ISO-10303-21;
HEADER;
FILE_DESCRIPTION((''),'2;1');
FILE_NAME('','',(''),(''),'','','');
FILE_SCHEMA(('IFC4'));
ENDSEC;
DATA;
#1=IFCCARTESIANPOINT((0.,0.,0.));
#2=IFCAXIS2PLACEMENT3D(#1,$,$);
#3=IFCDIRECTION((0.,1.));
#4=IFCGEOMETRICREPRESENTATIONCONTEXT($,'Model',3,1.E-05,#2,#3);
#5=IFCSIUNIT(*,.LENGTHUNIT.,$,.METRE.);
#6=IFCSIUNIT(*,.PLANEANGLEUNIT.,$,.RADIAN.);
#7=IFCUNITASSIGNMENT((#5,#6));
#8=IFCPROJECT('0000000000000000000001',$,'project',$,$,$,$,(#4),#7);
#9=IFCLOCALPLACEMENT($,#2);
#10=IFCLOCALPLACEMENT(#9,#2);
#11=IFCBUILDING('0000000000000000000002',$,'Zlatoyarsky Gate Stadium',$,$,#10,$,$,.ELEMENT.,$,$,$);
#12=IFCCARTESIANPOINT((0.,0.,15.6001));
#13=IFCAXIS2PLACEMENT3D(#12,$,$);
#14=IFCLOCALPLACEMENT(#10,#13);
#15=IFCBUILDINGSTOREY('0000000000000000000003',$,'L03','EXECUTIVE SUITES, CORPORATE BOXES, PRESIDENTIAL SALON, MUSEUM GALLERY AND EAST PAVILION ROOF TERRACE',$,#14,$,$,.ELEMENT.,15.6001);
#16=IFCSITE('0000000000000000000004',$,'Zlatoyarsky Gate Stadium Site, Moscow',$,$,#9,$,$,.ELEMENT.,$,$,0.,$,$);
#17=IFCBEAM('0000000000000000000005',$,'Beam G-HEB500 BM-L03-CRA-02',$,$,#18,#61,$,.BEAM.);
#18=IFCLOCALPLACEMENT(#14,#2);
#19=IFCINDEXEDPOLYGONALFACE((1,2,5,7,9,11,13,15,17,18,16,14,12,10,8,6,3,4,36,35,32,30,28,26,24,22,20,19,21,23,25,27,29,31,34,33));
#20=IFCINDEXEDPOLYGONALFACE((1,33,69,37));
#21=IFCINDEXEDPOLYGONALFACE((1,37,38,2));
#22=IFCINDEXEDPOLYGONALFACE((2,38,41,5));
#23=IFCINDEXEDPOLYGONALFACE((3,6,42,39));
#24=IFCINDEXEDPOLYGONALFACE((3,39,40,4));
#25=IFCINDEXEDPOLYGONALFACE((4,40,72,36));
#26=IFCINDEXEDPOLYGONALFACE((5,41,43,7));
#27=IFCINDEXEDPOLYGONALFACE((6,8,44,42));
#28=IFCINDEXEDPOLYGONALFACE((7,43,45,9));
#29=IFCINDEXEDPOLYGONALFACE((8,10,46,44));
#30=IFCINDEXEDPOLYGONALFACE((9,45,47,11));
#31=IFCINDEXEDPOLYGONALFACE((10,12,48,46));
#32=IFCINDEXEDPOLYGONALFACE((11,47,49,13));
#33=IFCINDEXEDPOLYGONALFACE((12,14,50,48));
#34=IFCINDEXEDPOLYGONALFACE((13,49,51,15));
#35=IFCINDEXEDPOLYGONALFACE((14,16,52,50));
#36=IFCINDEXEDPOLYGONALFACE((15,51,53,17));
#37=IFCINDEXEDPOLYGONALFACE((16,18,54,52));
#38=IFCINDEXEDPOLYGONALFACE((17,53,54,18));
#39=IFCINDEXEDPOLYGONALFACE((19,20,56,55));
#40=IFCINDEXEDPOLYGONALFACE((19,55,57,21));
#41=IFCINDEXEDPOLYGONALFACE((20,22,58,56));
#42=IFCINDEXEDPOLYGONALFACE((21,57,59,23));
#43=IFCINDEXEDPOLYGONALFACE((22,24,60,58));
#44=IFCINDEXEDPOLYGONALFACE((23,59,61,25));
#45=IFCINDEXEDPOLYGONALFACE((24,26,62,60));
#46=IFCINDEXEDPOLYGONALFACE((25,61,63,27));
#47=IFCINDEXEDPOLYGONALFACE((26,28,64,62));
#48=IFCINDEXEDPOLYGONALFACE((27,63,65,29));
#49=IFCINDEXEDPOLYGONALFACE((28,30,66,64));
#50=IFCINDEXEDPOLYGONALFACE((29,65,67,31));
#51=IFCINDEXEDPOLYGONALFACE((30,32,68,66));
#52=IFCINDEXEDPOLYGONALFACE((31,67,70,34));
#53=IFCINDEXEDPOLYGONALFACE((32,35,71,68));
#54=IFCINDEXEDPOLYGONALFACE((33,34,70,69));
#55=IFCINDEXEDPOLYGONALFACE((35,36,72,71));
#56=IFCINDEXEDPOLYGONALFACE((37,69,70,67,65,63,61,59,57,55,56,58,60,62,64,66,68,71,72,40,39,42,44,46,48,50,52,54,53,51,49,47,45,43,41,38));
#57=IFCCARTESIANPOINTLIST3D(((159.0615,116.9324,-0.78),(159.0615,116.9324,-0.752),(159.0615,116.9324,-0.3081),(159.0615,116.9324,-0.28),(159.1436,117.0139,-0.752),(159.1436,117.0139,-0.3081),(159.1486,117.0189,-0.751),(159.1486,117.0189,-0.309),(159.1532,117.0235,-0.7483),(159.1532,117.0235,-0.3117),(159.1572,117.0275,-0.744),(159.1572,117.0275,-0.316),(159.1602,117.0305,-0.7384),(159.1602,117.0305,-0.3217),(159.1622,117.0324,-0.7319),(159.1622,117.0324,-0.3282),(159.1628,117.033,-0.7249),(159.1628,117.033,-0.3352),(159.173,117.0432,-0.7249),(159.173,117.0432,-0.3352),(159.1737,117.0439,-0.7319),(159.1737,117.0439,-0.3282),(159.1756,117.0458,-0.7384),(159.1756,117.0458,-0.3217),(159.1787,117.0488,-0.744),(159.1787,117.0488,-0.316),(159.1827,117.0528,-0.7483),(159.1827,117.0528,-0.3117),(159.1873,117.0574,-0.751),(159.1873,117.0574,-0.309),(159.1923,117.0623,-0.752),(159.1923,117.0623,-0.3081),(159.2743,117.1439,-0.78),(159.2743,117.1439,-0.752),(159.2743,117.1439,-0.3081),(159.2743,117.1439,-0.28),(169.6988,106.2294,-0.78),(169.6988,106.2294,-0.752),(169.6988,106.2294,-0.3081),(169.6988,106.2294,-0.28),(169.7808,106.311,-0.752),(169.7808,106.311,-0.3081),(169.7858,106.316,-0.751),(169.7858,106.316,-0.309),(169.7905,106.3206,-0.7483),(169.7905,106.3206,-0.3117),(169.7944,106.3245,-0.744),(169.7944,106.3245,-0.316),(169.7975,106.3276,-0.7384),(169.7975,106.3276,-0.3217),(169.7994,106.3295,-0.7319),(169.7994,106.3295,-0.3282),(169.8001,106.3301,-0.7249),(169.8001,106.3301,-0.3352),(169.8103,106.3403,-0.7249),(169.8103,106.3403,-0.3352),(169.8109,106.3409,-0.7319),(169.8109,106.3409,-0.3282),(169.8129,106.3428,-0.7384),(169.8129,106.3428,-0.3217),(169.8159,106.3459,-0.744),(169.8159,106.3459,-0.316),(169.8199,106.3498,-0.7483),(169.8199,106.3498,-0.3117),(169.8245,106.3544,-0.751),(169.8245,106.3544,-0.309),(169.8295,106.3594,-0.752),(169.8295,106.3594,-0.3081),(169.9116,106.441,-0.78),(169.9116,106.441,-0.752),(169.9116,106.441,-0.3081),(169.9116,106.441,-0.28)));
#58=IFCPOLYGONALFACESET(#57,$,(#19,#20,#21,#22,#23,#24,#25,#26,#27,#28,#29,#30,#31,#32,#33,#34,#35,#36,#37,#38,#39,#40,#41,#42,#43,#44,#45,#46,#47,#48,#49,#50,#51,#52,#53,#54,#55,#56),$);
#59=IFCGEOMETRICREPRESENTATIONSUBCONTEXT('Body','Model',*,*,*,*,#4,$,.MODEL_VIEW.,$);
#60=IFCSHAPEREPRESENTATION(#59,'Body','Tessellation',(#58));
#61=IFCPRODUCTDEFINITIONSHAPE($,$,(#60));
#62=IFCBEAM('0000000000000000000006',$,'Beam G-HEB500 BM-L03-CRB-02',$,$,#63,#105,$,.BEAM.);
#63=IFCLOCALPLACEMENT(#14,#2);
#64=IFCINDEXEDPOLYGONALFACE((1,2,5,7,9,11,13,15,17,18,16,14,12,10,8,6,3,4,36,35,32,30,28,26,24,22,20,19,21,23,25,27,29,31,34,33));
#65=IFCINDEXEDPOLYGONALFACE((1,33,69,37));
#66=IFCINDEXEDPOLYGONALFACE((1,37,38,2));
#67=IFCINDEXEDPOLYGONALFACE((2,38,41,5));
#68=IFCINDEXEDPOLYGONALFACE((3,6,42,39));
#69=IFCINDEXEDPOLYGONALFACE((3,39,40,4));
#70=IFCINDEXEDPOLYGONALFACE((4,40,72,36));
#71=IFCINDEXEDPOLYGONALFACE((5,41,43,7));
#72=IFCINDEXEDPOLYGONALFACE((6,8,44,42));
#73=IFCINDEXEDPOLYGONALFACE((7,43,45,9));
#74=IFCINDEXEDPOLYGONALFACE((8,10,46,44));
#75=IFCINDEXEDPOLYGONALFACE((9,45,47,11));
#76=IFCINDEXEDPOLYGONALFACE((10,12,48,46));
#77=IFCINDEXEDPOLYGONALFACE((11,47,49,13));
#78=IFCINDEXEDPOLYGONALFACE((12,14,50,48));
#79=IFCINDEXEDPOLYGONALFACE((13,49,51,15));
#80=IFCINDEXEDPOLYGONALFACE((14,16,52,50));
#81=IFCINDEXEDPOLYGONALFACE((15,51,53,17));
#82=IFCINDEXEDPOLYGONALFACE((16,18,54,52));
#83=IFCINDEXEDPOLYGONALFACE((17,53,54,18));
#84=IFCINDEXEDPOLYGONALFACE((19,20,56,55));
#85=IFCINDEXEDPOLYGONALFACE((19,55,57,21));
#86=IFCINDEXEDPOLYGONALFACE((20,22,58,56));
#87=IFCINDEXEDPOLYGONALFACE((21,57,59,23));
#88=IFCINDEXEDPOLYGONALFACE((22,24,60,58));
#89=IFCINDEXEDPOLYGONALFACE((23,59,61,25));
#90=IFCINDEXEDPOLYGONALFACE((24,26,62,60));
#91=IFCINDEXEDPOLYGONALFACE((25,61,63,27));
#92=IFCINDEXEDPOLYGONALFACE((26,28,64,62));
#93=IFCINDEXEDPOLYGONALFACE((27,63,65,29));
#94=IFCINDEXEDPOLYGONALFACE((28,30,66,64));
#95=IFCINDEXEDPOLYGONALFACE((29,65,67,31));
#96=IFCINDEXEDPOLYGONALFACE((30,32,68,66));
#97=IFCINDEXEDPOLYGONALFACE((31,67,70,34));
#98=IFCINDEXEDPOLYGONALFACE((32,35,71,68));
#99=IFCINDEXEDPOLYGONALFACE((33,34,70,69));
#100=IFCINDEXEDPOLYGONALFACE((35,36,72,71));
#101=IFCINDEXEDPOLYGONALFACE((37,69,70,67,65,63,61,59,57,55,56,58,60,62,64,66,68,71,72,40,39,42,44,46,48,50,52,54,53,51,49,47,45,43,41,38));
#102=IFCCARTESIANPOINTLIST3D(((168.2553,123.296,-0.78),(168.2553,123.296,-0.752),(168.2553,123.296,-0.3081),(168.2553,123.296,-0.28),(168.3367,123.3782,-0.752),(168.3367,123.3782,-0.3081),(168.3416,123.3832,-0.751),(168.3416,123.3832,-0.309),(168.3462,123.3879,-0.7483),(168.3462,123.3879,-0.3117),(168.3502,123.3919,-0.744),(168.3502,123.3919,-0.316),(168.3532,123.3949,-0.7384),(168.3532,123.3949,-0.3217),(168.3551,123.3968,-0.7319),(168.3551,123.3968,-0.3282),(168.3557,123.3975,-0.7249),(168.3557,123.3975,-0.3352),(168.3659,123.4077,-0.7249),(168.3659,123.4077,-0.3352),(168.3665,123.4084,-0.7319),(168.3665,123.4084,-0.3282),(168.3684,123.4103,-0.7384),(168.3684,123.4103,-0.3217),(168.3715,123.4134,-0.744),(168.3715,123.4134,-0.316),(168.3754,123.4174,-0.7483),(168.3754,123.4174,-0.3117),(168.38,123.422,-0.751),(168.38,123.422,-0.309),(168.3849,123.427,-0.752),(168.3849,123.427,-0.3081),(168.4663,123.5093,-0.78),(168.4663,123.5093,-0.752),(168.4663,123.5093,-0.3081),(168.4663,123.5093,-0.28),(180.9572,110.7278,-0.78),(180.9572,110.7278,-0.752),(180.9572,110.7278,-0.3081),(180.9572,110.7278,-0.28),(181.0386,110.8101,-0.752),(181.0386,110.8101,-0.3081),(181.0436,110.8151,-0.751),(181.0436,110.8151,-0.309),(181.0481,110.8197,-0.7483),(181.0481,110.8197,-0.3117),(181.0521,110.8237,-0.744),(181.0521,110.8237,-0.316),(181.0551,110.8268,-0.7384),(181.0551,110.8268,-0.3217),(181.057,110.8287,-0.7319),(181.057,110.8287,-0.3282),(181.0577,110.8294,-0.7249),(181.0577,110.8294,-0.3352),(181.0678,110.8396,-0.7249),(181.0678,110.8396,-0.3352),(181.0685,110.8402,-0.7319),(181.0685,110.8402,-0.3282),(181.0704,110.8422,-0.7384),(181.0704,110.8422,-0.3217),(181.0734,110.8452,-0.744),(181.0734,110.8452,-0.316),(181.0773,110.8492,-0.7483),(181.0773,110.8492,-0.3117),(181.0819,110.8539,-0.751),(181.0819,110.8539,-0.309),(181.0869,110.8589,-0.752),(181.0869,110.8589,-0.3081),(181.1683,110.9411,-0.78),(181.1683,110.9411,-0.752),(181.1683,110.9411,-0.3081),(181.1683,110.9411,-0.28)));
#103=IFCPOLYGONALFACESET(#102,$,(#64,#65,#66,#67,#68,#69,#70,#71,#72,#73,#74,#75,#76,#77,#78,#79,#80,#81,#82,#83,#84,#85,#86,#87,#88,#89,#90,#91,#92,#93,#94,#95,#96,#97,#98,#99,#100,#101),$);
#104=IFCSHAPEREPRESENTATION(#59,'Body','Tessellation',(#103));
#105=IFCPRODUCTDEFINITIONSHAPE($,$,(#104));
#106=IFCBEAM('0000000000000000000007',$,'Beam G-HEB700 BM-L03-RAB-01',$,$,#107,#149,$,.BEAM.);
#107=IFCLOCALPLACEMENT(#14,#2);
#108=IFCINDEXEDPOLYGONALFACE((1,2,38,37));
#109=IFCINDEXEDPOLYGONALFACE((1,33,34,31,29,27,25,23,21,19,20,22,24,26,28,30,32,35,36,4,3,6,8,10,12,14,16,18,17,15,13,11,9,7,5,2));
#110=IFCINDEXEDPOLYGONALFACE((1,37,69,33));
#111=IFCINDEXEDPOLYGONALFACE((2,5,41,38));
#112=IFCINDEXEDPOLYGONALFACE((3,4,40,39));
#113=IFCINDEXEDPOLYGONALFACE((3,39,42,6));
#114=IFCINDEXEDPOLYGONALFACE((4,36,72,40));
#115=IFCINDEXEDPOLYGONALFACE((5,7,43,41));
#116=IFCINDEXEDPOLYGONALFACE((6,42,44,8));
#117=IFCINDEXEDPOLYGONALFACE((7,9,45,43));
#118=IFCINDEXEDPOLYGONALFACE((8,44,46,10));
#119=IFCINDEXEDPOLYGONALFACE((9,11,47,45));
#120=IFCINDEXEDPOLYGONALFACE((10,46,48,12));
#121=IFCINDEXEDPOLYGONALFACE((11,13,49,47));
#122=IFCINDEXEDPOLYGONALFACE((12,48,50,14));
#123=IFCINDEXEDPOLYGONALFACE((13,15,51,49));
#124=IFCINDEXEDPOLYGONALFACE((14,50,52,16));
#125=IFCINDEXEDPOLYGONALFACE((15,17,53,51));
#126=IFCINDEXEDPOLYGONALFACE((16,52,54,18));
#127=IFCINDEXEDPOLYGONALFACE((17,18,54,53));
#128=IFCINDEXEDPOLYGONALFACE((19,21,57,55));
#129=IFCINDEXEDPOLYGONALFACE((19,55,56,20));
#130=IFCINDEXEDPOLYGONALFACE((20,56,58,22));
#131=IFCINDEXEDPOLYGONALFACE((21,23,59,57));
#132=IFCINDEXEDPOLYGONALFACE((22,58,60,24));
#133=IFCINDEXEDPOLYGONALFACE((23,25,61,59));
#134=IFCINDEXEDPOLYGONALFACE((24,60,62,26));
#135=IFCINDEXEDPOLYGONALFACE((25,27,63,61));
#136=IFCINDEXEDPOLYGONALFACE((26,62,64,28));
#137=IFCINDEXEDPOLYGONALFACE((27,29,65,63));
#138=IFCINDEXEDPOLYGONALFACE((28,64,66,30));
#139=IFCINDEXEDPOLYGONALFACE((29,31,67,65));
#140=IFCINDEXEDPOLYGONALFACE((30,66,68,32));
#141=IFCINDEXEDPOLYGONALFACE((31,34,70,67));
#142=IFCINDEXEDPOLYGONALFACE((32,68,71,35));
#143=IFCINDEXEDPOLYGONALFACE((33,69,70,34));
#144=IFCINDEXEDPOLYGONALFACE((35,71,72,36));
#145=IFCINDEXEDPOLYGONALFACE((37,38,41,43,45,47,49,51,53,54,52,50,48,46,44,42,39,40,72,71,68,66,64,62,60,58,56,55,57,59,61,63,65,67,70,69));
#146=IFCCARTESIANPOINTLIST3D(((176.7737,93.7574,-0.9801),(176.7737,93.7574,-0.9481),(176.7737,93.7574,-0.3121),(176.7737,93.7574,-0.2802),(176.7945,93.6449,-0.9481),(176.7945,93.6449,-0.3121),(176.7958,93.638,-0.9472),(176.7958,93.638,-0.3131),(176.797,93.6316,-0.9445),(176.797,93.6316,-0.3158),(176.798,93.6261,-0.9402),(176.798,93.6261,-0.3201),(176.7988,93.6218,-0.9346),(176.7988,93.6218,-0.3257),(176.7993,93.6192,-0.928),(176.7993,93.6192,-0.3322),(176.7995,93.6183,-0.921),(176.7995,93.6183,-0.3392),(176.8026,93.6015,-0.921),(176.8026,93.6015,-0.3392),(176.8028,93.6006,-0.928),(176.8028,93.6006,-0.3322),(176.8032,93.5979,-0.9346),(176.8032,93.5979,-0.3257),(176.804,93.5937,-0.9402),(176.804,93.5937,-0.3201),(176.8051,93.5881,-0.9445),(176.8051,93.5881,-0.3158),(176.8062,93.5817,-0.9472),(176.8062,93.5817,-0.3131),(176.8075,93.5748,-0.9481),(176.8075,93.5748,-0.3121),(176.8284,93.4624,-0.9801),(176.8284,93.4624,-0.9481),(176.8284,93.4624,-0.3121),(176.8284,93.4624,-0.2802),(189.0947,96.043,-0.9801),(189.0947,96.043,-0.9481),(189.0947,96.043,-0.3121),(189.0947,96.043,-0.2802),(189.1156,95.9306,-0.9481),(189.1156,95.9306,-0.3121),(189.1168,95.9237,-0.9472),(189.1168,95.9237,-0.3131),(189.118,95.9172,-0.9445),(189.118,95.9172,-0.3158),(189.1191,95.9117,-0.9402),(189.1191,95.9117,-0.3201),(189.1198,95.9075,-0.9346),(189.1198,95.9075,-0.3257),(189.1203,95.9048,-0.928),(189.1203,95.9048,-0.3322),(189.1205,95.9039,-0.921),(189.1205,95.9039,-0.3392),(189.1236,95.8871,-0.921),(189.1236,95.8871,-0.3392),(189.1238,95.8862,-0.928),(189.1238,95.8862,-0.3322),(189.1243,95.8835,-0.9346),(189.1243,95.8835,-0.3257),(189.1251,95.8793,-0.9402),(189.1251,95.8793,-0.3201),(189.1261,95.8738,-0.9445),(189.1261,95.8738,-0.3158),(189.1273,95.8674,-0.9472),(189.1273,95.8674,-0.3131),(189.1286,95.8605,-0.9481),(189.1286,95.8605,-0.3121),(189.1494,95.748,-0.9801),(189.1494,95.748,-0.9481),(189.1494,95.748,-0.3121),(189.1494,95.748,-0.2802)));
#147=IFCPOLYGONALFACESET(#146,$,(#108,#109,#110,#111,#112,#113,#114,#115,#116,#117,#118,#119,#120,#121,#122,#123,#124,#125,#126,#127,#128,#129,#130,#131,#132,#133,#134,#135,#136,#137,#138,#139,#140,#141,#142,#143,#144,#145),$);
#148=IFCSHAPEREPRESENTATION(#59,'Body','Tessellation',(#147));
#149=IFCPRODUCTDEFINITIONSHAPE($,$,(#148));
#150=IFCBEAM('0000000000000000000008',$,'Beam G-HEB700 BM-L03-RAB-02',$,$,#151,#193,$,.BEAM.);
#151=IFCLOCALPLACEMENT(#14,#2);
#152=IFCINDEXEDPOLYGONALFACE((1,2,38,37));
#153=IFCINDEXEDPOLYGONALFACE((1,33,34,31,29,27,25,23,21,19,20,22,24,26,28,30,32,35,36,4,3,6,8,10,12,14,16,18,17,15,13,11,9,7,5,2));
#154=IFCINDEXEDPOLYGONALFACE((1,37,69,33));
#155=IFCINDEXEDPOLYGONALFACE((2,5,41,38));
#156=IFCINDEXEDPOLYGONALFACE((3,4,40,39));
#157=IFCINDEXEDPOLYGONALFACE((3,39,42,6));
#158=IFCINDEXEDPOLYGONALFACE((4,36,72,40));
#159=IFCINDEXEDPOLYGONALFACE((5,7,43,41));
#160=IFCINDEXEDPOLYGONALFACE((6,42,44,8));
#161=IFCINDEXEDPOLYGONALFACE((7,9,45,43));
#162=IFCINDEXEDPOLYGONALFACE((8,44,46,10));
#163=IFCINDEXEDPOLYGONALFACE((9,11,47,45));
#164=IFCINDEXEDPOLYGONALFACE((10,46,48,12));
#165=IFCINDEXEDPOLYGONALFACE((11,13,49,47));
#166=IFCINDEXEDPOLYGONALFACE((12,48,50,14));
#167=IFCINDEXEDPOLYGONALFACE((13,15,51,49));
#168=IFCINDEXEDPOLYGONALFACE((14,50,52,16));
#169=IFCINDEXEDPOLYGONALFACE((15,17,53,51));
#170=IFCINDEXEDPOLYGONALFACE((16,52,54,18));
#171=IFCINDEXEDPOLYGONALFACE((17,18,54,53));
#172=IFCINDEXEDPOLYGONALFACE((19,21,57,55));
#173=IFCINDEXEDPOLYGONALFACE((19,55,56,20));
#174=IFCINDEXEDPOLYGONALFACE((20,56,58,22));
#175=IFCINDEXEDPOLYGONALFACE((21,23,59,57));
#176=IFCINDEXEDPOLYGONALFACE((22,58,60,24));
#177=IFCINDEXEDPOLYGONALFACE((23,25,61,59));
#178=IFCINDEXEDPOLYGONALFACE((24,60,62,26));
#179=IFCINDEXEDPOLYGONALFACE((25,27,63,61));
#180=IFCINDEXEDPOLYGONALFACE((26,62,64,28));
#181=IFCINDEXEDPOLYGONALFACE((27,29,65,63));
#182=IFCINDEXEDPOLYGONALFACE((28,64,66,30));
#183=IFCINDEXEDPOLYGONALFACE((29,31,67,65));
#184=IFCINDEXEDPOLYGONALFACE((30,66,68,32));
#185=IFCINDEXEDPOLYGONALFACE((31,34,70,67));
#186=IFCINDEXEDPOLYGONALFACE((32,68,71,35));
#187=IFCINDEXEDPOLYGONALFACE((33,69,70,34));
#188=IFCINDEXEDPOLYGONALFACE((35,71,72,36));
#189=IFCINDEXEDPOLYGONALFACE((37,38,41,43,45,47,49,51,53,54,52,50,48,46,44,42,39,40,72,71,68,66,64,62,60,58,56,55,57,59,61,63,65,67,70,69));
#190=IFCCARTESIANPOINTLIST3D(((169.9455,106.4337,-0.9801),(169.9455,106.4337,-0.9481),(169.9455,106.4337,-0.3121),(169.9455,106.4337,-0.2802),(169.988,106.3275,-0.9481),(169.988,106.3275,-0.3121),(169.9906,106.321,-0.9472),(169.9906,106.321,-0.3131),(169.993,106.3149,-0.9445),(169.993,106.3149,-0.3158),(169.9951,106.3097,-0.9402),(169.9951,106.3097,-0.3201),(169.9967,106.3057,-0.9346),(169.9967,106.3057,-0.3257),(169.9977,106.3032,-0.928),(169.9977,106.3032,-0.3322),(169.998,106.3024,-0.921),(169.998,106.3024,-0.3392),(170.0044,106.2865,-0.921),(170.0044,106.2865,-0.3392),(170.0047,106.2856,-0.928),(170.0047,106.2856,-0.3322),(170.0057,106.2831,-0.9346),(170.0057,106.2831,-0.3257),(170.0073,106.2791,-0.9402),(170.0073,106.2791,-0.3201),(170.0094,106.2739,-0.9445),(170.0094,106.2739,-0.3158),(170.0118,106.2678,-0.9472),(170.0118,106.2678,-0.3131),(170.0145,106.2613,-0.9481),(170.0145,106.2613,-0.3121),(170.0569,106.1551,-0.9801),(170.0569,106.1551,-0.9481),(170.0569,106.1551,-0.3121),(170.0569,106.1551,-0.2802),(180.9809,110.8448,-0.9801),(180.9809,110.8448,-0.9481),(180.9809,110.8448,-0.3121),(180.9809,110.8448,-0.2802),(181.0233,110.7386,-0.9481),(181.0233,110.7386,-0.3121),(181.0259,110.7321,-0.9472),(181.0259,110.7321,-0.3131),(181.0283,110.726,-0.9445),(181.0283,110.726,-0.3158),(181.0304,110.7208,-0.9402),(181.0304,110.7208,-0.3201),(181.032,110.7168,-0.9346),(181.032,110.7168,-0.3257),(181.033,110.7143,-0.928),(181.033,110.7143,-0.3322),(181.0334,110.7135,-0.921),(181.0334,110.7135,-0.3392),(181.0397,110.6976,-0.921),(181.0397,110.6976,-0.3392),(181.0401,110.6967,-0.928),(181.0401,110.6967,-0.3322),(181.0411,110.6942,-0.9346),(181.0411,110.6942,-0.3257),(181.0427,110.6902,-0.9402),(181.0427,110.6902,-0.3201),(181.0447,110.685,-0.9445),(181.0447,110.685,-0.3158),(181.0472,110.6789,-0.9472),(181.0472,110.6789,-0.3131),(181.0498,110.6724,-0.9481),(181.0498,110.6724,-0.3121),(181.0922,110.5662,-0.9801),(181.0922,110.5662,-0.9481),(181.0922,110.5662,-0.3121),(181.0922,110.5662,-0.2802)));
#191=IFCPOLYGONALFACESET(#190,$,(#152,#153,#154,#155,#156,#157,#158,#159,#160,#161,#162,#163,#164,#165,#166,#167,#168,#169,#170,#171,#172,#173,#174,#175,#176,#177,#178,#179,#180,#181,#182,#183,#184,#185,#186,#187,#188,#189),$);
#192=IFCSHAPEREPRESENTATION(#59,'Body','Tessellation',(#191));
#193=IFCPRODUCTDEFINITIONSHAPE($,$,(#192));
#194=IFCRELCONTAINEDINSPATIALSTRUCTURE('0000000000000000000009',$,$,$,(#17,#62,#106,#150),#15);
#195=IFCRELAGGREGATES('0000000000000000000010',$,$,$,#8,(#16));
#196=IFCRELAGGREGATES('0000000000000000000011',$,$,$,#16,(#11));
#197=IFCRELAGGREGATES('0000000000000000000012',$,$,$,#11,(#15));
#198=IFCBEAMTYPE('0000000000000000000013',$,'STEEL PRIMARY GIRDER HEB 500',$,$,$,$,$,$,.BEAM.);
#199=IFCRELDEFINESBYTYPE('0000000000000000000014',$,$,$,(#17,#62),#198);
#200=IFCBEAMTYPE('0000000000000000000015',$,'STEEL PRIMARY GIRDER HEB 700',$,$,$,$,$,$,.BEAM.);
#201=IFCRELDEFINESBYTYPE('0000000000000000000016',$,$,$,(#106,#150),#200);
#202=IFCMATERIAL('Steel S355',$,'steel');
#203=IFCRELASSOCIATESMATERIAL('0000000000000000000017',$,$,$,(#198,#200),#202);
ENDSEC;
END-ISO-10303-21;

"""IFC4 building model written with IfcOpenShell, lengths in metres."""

from ifc_helpers import new_model, si_unit, direction, frame, origin, origin_2d, place, context, subcontext, project, spatial, i_section, extrude, material, material_profile, profile_set, type_object, element, save


model = new_model("IFC4")

# Units and contexts
model_context = context("Model", 3, precision=1e-05, world=origin(), true_north=direction((0.0, 1.0)))
body_context = subcontext(model_context, "Body", "Model", "MODEL_VIEW")
ifc_project = project(units=[si_unit("LENGTHUNIT", "METRE"), si_unit("PLANEANGLEUNIT", "RADIAN")], contexts=[model_context])

# Site, building, storey
site_placement = place(None, origin())
site = spatial("IfcSite", under=ifc_project, at=site_placement, Name="Zlatoyarsky Gate Stadium Site, Moscow", CompositionType="ELEMENT", RefElevation=0.0)
building_placement = place(site_placement, origin())
building = spatial("IfcBuilding", under=site, at=building_placement, Name="Zlatoyarsky Gate Stadium", CompositionType="ELEMENT")
storey_placement = place(building_placement, frame((0.0, 0.0, 15.6001)))
storey = spatial("IfcBuildingStorey", under=building, at=storey_placement, Name="L03", Description="EXECUTIVE SUITES, CORPORATE BOXES, PRESIDENTIAL SALON, MUSEUM GALLERY AND EAST PAVILION ROOF TERRACE", CompositionType="ELEMENT", Elevation=15.6001)

# Shared definitions
ifc_material_1 = material(Name="Steel S355", Category="steel")

# Beams
ifc_material_profile_1 = material_profile(ifc_material_1, i_section(OverallWidth=0.3, OverallDepth=0.5, WebThickness=0.0144, FlangeThickness=0.0281, FilletRadius=0.0271, at=origin_2d()), Name="HEB 500")
ifc_profile_set_1 = profile_set([ifc_material_profile_1], Name="Steel S355")
beam_type_1 = type_object("IfcBeamType", Name="STEEL PRIMARY GIRDER HEB 500", PredefinedType="BEAM", material=ifc_profile_set_1)
beam_1_placement = place(storey_placement, frame((169.8052, 106.3352, -0.53), z_axis=(-0.704927, 0.70928, 0.0), x_axis=(-0.70928, -0.704927, 0.0)))
element("IfcBeam", 1, at=beam_1_placement, inside=storey, type_object=beam_type_1, Name="Beam G-HEB500 BM-L03-CRA-02", PredefinedType="BEAM", context=body_context, shape_type="SweptSolid", body=[
    extrude(i_section(OverallWidth=0.3, OverallDepth=0.5, WebThickness=0.0144, FlangeThickness=0.0281, FilletRadius=0.0271, at=origin_2d()), origin(), (0.0, 0.0, 1.0), 15.0898),
])
beam_2_placement = place(storey_placement, frame((181.0627, 110.8345, -0.53), z_axis=(-0.710841, 0.703353, 0.0), x_axis=(-0.703353, -0.710841, 0.0)))
element("IfcBeam", 2, at=beam_2_placement, inside=storey, type_object=beam_type_1, Name="Beam G-HEB500 BM-L03-CRB-02", PredefinedType="BEAM", context=body_context, shape_type="SweptSolid", body=[
    extrude(i_section(OverallWidth=0.3, OverallDepth=0.5, WebThickness=0.0144, FlangeThickness=0.0281, FilletRadius=0.0271, at=origin_2d()), origin(), (0.0, 0.0, 1.0), 17.8689),
])
ifc_material_profile_2 = material_profile(ifc_material_1, i_section(OverallWidth=0.3, OverallDepth=0.7, WebThickness=0.0171, FlangeThickness=0.032, FilletRadius=0.0271, at=origin_2d()), Name="HEB 700")
ifc_profile_set_2 = profile_set([ifc_material_profile_2], Name="Steel S355")
beam_type_2 = type_object("IfcBeamType", Name="STEEL PRIMARY GIRDER HEB 700", PredefinedType="BEAM", material=ifc_profile_set_2)
beam_3_placement = place(storey_placement, frame((176.801, 93.6099, -0.6301), z_axis=(0.983225, 0.182396, 0.0), x_axis=(-0.182396, 0.983225, 0.0)))
element("IfcBeam", 3, at=beam_3_placement, inside=storey, type_object=beam_type_2, Name="Beam G-HEB700 BM-L03-RAB-01", PredefinedType="BEAM", context=body_context, shape_type="SweptSolid", body=[
    extrude(i_section(OverallWidth=0.3, OverallDepth=0.7, WebThickness=0.0171, FlangeThickness=0.032, FilletRadius=0.0271, at=origin_2d()), origin(), (0.0, 0.0, 1.0), 12.5312),
])
beam_4_placement = place(storey_placement, frame((170.0012, 106.2944, -0.6301), z_axis=(0.928565, 0.371171, 0.0), x_axis=(-0.371171, 0.928565, 0.0)))
element("IfcBeam", 4, at=beam_4_placement, inside=storey, type_object=beam_type_2, Name="Beam G-HEB700 BM-L03-RAB-02", PredefinedType="BEAM", context=body_context, shape_type="SweptSolid", body=[
    extrude(i_section(OverallWidth=0.3, OverallDepth=0.7, WebThickness=0.0171, FlangeThickness=0.032, FilletRadius=0.0271, at=origin_2d()), origin(), (0.0, 0.0, 1.0), 11.8843),
])

save(model, "model.ifc")
